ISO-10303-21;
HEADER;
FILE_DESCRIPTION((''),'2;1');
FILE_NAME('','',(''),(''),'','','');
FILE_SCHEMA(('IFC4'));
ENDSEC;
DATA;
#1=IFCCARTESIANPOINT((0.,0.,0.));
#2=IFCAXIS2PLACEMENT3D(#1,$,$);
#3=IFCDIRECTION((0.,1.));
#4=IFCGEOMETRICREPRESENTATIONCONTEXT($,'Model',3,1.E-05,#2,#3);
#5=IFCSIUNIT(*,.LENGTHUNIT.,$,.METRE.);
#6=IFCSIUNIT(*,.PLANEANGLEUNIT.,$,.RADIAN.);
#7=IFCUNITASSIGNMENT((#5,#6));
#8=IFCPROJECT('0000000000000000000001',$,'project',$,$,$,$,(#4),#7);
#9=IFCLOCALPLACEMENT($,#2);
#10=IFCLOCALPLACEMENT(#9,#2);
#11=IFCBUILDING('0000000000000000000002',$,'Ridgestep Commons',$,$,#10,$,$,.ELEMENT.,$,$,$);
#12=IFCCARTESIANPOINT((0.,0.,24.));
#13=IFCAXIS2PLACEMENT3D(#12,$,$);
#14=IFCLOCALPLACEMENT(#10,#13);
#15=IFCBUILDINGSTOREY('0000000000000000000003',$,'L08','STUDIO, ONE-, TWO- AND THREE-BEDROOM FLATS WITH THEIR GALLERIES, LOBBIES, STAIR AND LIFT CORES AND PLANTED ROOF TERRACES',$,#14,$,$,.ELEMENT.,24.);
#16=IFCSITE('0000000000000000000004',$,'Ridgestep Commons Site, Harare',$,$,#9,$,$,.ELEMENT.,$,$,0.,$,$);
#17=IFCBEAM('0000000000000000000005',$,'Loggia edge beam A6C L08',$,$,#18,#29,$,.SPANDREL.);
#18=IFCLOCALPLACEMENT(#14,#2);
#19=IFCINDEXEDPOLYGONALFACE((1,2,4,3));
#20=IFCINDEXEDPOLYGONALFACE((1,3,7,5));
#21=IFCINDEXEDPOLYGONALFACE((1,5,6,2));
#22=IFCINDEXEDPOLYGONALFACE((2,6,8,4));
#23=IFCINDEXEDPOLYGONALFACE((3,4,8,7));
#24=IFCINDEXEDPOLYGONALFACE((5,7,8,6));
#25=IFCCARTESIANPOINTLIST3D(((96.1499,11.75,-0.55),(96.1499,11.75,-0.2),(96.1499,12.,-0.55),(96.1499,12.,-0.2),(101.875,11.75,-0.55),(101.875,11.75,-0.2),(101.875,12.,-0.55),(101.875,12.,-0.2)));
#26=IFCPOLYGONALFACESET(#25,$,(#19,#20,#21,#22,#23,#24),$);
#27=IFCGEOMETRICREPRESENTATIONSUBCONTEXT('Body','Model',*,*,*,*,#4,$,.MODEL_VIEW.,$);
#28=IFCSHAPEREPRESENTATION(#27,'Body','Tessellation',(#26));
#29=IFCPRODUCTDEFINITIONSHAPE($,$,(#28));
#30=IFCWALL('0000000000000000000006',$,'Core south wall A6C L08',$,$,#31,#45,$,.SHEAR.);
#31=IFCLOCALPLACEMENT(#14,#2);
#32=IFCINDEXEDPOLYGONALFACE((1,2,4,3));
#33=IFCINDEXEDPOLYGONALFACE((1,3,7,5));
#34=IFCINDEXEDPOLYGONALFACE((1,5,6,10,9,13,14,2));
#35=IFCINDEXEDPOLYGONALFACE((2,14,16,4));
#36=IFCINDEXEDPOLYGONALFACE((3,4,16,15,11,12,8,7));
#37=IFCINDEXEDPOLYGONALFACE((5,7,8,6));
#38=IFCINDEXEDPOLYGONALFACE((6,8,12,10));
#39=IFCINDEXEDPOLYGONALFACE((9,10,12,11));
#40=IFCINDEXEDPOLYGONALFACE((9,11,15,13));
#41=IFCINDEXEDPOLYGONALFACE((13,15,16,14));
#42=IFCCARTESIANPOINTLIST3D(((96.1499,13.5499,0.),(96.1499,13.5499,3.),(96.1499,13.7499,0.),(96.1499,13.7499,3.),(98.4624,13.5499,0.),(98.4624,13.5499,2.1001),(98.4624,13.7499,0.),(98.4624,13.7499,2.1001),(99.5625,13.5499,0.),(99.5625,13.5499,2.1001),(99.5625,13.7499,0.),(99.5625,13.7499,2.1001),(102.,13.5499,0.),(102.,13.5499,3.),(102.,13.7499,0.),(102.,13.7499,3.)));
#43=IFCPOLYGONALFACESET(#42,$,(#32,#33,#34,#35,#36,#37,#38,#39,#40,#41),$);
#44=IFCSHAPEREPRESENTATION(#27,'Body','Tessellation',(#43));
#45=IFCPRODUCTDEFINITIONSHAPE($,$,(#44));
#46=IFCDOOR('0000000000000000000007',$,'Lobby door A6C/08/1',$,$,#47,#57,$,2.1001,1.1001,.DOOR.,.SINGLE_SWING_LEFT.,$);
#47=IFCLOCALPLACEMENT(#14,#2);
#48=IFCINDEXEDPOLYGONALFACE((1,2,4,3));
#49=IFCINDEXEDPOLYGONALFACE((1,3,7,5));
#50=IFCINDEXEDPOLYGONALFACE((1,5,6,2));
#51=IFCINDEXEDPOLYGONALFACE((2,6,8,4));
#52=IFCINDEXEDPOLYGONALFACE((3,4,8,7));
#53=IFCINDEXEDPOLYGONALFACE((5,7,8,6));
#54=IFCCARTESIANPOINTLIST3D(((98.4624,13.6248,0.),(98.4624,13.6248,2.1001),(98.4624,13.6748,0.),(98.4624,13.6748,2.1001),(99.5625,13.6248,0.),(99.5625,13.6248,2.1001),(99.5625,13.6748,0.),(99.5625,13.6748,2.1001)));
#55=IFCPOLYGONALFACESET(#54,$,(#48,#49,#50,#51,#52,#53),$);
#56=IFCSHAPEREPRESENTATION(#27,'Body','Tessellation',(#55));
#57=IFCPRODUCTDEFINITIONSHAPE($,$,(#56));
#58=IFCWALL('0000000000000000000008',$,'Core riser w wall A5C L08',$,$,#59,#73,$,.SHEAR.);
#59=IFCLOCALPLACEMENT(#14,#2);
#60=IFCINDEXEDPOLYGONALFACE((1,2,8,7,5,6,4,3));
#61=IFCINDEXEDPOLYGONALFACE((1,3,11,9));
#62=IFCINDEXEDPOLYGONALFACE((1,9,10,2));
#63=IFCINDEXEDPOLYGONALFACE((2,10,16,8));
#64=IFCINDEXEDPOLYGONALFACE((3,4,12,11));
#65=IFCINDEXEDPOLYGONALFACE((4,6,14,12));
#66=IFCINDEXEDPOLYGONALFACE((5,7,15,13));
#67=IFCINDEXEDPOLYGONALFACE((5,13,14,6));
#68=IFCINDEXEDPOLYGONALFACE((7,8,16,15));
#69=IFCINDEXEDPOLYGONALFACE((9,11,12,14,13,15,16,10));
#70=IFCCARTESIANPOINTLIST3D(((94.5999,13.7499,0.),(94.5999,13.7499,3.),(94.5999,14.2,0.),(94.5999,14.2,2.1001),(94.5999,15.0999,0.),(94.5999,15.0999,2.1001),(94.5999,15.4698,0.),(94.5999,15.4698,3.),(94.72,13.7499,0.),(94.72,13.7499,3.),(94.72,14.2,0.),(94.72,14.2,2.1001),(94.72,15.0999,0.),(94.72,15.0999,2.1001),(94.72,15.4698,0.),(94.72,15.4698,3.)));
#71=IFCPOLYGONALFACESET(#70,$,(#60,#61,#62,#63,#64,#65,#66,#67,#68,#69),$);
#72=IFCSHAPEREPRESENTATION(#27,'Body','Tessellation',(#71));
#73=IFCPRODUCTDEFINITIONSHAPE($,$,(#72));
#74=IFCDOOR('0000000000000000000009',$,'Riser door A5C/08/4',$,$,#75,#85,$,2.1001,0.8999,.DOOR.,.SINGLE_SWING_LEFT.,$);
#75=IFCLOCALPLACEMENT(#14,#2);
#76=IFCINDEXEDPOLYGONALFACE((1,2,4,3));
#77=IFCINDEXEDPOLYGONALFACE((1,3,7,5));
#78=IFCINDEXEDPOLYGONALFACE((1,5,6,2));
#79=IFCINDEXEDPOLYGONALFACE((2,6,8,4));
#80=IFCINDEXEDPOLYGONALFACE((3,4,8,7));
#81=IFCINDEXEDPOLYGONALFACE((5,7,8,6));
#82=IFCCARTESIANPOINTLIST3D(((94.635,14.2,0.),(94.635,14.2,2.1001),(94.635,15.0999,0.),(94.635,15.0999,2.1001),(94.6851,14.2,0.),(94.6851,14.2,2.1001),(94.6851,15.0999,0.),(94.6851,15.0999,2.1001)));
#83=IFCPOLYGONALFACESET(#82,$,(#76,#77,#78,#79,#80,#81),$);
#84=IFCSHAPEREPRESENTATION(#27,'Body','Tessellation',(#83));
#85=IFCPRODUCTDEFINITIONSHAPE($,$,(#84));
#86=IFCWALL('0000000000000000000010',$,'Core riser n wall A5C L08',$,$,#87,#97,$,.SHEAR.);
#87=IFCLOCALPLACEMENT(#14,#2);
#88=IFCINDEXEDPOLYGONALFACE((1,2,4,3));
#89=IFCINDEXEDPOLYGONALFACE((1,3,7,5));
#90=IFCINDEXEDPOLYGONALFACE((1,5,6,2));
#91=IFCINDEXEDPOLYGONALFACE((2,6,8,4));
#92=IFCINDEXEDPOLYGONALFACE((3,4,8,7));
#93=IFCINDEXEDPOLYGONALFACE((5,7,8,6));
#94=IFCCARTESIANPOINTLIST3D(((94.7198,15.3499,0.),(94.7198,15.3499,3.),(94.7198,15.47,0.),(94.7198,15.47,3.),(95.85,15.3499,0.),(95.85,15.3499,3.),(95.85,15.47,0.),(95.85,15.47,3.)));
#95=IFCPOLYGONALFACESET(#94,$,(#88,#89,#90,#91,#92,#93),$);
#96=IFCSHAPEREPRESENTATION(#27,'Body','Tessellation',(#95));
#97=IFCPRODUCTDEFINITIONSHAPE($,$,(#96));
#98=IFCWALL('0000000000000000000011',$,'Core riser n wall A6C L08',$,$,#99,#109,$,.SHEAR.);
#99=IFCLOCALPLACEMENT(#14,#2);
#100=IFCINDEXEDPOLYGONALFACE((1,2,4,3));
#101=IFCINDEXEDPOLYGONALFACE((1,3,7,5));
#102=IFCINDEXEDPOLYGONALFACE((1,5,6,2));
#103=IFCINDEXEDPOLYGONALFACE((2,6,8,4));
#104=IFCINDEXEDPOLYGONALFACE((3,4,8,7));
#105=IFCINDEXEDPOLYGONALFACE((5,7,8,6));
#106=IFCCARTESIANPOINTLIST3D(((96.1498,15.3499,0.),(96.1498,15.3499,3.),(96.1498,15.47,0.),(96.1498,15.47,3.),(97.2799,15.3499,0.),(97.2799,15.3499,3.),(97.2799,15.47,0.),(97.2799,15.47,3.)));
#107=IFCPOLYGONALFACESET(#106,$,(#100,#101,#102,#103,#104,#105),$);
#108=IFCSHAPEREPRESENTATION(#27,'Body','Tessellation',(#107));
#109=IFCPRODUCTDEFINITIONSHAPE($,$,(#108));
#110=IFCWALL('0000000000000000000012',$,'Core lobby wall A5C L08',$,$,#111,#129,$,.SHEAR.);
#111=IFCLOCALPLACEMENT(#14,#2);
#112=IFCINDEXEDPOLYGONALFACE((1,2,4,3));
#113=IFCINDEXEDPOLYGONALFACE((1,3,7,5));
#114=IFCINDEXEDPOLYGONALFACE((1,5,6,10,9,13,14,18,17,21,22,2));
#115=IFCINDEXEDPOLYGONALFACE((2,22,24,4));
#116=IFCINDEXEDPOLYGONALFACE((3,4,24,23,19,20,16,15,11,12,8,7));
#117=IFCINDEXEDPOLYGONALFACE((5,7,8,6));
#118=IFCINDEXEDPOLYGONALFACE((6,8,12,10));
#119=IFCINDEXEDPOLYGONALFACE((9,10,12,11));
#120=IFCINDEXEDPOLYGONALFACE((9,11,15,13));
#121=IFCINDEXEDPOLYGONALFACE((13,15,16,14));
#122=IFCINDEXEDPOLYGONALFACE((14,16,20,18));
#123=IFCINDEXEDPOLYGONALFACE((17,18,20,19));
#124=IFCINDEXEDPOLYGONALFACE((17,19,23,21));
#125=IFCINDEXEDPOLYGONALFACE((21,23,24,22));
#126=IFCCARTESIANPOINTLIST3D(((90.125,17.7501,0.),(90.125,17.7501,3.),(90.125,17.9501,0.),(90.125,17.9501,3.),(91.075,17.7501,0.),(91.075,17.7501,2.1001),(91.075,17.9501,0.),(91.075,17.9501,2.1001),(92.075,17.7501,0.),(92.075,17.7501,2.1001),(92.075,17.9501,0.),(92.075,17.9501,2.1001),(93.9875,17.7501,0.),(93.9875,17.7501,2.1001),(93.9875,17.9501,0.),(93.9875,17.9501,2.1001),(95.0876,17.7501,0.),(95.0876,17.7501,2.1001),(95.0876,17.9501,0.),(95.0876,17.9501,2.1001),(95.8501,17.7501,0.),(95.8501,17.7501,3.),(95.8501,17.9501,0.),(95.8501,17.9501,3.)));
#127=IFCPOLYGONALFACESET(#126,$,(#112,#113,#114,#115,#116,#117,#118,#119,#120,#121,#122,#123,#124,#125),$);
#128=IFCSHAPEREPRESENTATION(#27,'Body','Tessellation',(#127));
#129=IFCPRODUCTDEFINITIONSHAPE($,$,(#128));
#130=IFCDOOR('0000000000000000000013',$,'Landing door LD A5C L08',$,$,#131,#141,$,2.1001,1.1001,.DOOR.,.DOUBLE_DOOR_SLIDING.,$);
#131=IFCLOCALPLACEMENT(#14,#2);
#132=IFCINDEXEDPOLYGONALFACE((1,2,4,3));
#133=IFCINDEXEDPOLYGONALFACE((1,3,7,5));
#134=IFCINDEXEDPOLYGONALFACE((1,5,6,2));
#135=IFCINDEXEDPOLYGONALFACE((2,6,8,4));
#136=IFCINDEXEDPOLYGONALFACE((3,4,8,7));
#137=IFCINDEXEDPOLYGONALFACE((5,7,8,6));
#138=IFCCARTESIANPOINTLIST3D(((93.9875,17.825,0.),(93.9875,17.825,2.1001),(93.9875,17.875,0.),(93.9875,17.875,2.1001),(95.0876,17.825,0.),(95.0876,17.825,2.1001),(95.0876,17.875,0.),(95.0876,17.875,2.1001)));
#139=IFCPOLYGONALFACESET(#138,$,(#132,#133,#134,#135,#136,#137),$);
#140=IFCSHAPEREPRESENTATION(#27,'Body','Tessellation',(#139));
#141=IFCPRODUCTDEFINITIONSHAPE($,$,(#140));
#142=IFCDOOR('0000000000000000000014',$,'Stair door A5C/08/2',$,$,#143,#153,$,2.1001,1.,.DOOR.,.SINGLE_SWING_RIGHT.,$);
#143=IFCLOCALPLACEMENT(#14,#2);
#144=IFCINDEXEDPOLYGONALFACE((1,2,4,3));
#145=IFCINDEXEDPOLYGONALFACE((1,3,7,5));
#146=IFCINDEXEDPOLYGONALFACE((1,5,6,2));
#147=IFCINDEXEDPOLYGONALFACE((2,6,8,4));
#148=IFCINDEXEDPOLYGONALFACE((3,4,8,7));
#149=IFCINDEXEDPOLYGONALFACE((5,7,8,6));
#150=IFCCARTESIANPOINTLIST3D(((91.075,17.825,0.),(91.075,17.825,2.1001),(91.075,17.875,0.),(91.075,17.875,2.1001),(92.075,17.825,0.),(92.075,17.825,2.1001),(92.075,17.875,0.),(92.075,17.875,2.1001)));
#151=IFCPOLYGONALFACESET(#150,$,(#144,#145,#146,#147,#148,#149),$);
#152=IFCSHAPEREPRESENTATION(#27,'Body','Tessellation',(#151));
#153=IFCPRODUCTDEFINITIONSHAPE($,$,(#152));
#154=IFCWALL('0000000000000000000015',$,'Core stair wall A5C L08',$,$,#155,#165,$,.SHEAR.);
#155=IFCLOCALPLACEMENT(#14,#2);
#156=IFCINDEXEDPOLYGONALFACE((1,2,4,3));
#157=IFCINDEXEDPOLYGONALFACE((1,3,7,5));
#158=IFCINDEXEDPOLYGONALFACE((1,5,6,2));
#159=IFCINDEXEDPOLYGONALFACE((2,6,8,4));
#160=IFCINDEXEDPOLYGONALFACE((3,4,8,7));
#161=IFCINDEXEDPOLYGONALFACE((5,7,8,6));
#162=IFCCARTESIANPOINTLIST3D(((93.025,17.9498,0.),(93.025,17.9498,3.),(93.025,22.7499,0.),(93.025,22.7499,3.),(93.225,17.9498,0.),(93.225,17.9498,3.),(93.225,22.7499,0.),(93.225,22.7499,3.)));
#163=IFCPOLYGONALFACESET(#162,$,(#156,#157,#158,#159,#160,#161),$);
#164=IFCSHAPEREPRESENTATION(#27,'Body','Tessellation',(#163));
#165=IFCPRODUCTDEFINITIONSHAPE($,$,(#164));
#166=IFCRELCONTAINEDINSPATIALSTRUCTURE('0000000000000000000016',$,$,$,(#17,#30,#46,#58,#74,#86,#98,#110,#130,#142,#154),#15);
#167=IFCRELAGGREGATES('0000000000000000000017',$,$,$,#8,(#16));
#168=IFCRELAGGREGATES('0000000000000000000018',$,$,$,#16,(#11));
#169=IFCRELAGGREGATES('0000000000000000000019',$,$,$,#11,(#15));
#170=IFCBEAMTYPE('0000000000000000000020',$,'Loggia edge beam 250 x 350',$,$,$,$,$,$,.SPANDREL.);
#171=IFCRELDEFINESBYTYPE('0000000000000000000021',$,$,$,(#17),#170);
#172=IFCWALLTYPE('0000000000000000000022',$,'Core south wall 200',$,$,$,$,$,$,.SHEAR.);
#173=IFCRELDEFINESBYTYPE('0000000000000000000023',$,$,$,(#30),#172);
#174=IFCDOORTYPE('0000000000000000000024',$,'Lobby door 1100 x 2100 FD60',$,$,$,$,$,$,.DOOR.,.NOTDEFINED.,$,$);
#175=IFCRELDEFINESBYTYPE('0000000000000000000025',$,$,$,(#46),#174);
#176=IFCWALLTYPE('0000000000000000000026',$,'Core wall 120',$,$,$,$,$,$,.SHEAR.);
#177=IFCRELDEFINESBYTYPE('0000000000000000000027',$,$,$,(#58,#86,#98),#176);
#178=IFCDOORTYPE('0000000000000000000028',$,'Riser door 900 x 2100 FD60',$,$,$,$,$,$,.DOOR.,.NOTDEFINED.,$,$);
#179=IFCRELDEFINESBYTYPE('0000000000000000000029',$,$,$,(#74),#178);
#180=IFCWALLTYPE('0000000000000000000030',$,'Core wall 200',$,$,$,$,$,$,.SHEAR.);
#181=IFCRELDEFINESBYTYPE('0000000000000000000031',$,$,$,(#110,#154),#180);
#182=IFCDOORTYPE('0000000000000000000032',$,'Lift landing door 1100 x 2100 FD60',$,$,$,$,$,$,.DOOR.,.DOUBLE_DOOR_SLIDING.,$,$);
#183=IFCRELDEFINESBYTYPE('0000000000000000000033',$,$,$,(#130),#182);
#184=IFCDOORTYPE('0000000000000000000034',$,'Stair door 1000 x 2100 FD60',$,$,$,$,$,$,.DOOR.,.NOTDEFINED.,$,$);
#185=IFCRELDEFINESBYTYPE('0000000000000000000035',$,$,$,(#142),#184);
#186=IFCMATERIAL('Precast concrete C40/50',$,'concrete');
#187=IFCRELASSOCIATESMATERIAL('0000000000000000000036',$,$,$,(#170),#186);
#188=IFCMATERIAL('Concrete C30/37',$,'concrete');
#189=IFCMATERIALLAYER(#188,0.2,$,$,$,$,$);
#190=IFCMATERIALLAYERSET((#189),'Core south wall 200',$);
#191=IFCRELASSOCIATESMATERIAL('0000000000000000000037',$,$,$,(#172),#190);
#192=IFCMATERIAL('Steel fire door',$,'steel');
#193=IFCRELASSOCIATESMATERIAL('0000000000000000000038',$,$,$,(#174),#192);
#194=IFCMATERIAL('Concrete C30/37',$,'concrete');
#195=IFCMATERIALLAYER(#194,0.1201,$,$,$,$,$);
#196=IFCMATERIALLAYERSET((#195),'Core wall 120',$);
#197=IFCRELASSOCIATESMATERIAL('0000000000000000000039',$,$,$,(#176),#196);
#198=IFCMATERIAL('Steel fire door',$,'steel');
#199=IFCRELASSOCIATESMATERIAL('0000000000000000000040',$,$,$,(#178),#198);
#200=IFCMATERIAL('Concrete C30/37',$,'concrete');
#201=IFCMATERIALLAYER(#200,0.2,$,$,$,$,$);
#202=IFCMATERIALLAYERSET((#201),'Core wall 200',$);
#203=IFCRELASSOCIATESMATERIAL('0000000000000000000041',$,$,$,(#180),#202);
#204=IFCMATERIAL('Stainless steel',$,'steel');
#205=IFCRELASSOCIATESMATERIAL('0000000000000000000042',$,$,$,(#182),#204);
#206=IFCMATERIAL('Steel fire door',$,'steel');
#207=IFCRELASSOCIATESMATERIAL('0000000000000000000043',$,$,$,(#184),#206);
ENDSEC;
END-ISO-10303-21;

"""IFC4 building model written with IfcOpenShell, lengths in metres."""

from ifc_helpers import new_model, si_unit, direction, frame, frame_2d, origin, origin_2d, place, context, subcontext, project, spatial, rectangle, extrude, material, layer, layer_set, material_profile, profile_set, type_object, element, fill, save


model = new_model("IFC4")

# Units and contexts
model_context = context("Model", 3, precision=1e-05, world=origin(), true_north=direction((0.0, 1.0)))
body_context = subcontext(model_context, "Body", "Model", "MODEL_VIEW")
ifc_project = project(units=[si_unit("LENGTHUNIT", "METRE"), si_unit("PLANEANGLEUNIT", "RADIAN")], contexts=[model_context])

# Site, building, storey
site_placement = place(None, origin())
site = spatial("IfcSite", under=ifc_project, at=site_placement, Name="Ridgestep Commons Site, Harare", CompositionType="ELEMENT", RefElevation=0.0)
building_placement = place(site_placement, origin())
building = spatial("IfcBuilding", under=site, at=building_placement, Name="Ridgestep Commons", CompositionType="ELEMENT")
storey_placement = place(building_placement, frame((0.0, 0.0, 24.0)))
storey = spatial("IfcBuildingStorey", under=building, at=storey_placement, Name="L08", Description="STUDIO, ONE-, TWO- AND THREE-BEDROOM FLATS WITH THEIR GALLERIES, LOBBIES, STAIR AND LIFT CORES AND PLANTED ROOF TERRACES", CompositionType="ELEMENT", Elevation=24.0)

# Beam
ifc_material_1 = material(Name="Precast concrete C40/50", Category="concrete")
ifc_material_profile = material_profile(ifc_material_1, rectangle(XDim=0.25, YDim=0.3501, at=origin_2d()), Name="PC 250x350")
ifc_profile_set = profile_set([ifc_material_profile], Name="Precast concrete C40/50")
beam_type = type_object("IfcBeamType", Name="Loggia edge beam 250 x 350", PredefinedType="SPANDREL", material=ifc_profile_set)
beam_placement = place(storey_placement, frame((96.1499, 11.875, -0.375), z_axis=(1.0, 0.0, 0.0), x_axis=(0.0, 1.0, 0.0)))
element("IfcBeam", 1, at=beam_placement, inside=storey, type_object=beam_type, Name="Loggia edge beam A6C L08", PredefinedType="SPANDREL", context=body_context, shape_type="SweptSolid", body=[
    extrude(rectangle(XDim=0.25, YDim=0.3501, at=origin_2d()), origin(), (0.0, 0.0, 1.0), 5.7251),
])

# Walls, openings, doors
ifc_material_2 = material(Name="Concrete C30/37", Category="concrete")
ifc_layer_1 = layer(ifc_material_2, 0.2)
ifc_layer_set_1 = layer_set([ifc_layer_1], Name="Core south wall 200")
wall_type_1 = type_object("IfcWallType", Name="Core south wall 200", PredefinedType="SHEAR", material=ifc_layer_set_1)
wall_1_placement = place(storey_placement, frame((96.1499, 13.6499, 0.0), z_axis=(0.0, 0.0, 1.0), x_axis=(1.0, 0.0, 0.0)))
wall_1 = element("IfcWall", 2, at=wall_1_placement, inside=storey, type_object=wall_type_1, Name="Core south wall A6C L08", PredefinedType="SHEAR", context=body_context, shape_type="SweptSolid", body=[
    extrude(rectangle(XDim=5.8501, YDim=0.2, at=frame_2d((2.925, 0.0))), origin(), (0.0, 0.0, 1.0), 3.0),
])
opening_1_placement = place(wall_1_placement, frame((2.3125, 0.0, 0.0)))
opening_1 = element("IfcOpeningElement", 3, at=opening_1_placement, cuts=wall_1, PredefinedType="OPENING", context=body_context, shape_type="SweptSolid", body=[
    extrude(rectangle(XDim=1.1001, YDim=2.1001, at=frame_2d((0.55, 1.05))), frame((0.0, 0.1099, 0.0), z_axis=(0.0, -1.0, 0.0), x_axis=(1.0, 0.0, 0.0)), (0.0, 0.0, 1.0), 0.22),
])
ifc_material_3 = material(Name="Steel fire door", Category="steel")
door_type_1 = type_object("IfcDoorType", Name="Lobby door 1100 x 2100 FD60", OperationType="NOTDEFINED", PredefinedType="DOOR", material=ifc_material_3)
door_1_placement = place(opening_1_placement, origin())
door_1 = element("IfcDoor", 4, at=door_1_placement, inside=storey, type_object=door_type_1, Name="Lobby door A6C/08/1", OperationType="SINGLE_SWING_LEFT", OverallHeight=2.1001, OverallWidth=1.1001, PredefinedType="DOOR", context=body_context, shape_type="SweptSolid", body=[
    extrude(rectangle(XDim=1.1001, YDim=2.1001, at=frame_2d((0.55, 1.05))), frame((0.0, 0.0249, 0.0), z_axis=(0.0, -1.0, 0.0), x_axis=(1.0, 0.0, 0.0)), (0.0, 0.0, 1.0), 0.05),
])
fill(opening_1, door_1)
ifc_material_4 = material(Name="Concrete C30/37", Category="concrete")
ifc_layer_2 = layer(ifc_material_4, 0.1201)
ifc_layer_set_2 = layer_set([ifc_layer_2], Name="Core wall 120")
wall_type_2 = type_object("IfcWallType", Name="Core wall 120", PredefinedType="SHEAR", material=ifc_layer_set_2)
wall_2_placement = place(storey_placement, frame((94.6599, 13.75, 0.0), z_axis=(0.0, 0.0, 1.0), x_axis=(0.0, 1.0, 0.0)))
wall_2 = element("IfcWall", 5, at=wall_2_placement, inside=storey, type_object=wall_type_2, Name="Core riser w wall A5C L08", PredefinedType="SHEAR", context=body_context, shape_type="SweptSolid", body=[
    extrude(rectangle(XDim=1.72, YDim=0.1201, at=frame_2d((0.8599, 0.0))), origin(), (0.0, 0.0, 1.0), 3.0),
])
opening_2_placement = place(wall_2_placement, frame((0.45, 0.0, 0.0)))
opening_2 = element("IfcOpeningElement", 6, at=opening_2_placement, cuts=wall_2, PredefinedType="OPENING", context=body_context, shape_type="SweptSolid", body=[
    extrude(rectangle(XDim=0.8999, YDim=2.1001, at=frame_2d((0.45, 1.05))), frame((0.0, 0.0701, 0.0), z_axis=(0.0, -1.0, 0.0), x_axis=(1.0, 0.0, 0.0)), (0.0, 0.0, 1.0), 0.1401),
])
ifc_material_5 = material(Name="Steel fire door", Category="steel")
door_type_2 = type_object("IfcDoorType", Name="Riser door 900 x 2100 FD60", OperationType="NOTDEFINED", PredefinedType="DOOR", material=ifc_material_5)
door_2_placement = place(opening_2_placement, origin())
door_2 = element("IfcDoor", 7, at=door_2_placement, inside=storey, type_object=door_type_2, Name="Riser door A5C/08/4", OperationType="SINGLE_SWING_LEFT", OverallHeight=2.1001, OverallWidth=0.8999, PredefinedType="DOOR", context=body_context, shape_type="SweptSolid", body=[
    extrude(rectangle(XDim=0.8999, YDim=2.1001, at=frame_2d((0.45, 1.05))), frame((0.0, 0.0249, 0.0), z_axis=(0.0, -1.0, 0.0), x_axis=(1.0, 0.0, 0.0)), (0.0, 0.0, 1.0), 0.05),
])
fill(opening_2, door_2)

# Walls
for number, where, z_axis, x_axis, name in (
    (8, (94.72, 15.4099, 0.0), (0.0, 0.0, 1.0), (1.0, 0.0, 0.0), "Core riser n wall A5C L08"),
    (9, (96.1499, 15.4099, 0.0), (0.0, 0.0, 1.0), (1.0, 0.0, 0.0), "Core riser n wall A6C L08"),
):
    element("IfcWall", number, at=place(storey_placement, frame(where, z_axis=z_axis, x_axis=x_axis)), inside=storey, type_object=wall_type_2, Name=name, PredefinedType="SHEAR", context=body_context, shape_type="SweptSolid", body=[
        extrude(rectangle(XDim=1.1301, YDim=0.1201, at=frame_2d((0.5649, 0.0))), origin(), (0.0, 0.0, 1.0), 3.0),
    ])

# Wall, openings, doors
ifc_material_6 = material(Name="Concrete C30/37", Category="concrete")
ifc_layer_3 = layer(ifc_material_6, 0.2)
ifc_layer_set_3 = layer_set([ifc_layer_3], Name="Core wall 200")
wall_type_3 = type_object("IfcWallType", Name="Core wall 200", PredefinedType="SHEAR", material=ifc_layer_set_3)
wall_3_placement = place(storey_placement, frame((90.125, 17.8501, 0.0), z_axis=(0.0, 0.0, 1.0), x_axis=(1.0, 0.0, 0.0)))
wall_3 = element("IfcWall", 10, at=wall_3_placement, inside=storey, type_object=wall_type_3, Name="Core lobby wall A5C L08", PredefinedType="SHEAR", context=body_context, shape_type="SweptSolid", body=[
    extrude(rectangle(XDim=5.7251, YDim=0.2, at=frame_2d((2.8625, 0.0))), origin(), (0.0, 0.0, 1.0), 3.0),
])
opening_3_placement = place(wall_3_placement, frame((0.95, 0.0, 0.0)))
opening_3 = element("IfcOpeningElement", 11, at=opening_3_placement, cuts=wall_3, PredefinedType="OPENING", context=body_context, shape_type="SweptSolid", body=[
    extrude(rectangle(XDim=1.0, YDim=2.1001, at=frame_2d((0.5, 1.05))), frame((0.0, 0.1099, 0.0), z_axis=(0.0, -1.0, 0.0), x_axis=(1.0, 0.0, 0.0)), (0.0, 0.0, 1.0), 0.22),
])
opening_4_placement = place(wall_3_placement, frame((3.8625, 0.0, 0.0)))
opening_4 = element("IfcOpeningElement", 12, at=opening_4_placement, cuts=wall_3, PredefinedType="OPENING", context=body_context, shape_type="SweptSolid", body=[
    extrude(rectangle(XDim=1.1001, YDim=2.1001, at=frame_2d((0.55, 1.05))), frame((0.0, 0.1099, 0.0), z_axis=(0.0, -1.0, 0.0), x_axis=(1.0, 0.0, 0.0)), (0.0, 0.0, 1.0), 0.22),
])
ifc_material_7 = material(Name="Stainless steel", Category="steel")
door_type_3 = type_object("IfcDoorType", Name="Lift landing door 1100 x 2100 FD60", OperationType="DOUBLE_DOOR_SLIDING", PredefinedType="DOOR", material=ifc_material_7)
door_3_placement = place(opening_4_placement, origin())
door_3 = element("IfcDoor", 13, at=door_3_placement, inside=storey, type_object=door_type_3, Name="Landing door LD A5C L08", OperationType="DOUBLE_DOOR_SLIDING", OverallHeight=2.1001, OverallWidth=1.1001, PredefinedType="DOOR", context=body_context, shape_type="SweptSolid", body=[
    extrude(rectangle(XDim=1.1001, YDim=2.1001, at=frame_2d((0.55, 1.05))), frame((0.0, 0.0249, 0.0), z_axis=(0.0, -1.0, 0.0), x_axis=(1.0, 0.0, 0.0)), (0.0, 0.0, 1.0), 0.05),
])
fill(opening_4, door_3)
ifc_material_8 = material(Name="Steel fire door", Category="steel")
door_type_4 = type_object("IfcDoorType", Name="Stair door 1000 x 2100 FD60", OperationType="NOTDEFINED", PredefinedType="DOOR", material=ifc_material_8)
door_4_placement = place(opening_3_placement, origin())
door_4 = element("IfcDoor", 14, at=door_4_placement, inside=storey, type_object=door_type_4, Name="Stair door A5C/08/2", OperationType="SINGLE_SWING_RIGHT", OverallHeight=2.1001, OverallWidth=1.0, PredefinedType="DOOR", context=body_context, shape_type="SweptSolid", body=[
    extrude(rectangle(XDim=1.0, YDim=2.1001, at=frame_2d((0.5, 1.05))), frame((0.0, 0.0249, 0.0), z_axis=(0.0, -1.0, 0.0), x_axis=(1.0, 0.0, 0.0)), (0.0, 0.0, 1.0), 0.05),
])
fill(opening_3, door_4)

# Wall
wall_4_placement = place(storey_placement, frame((93.125, 17.95, 0.0), z_axis=(0.0, 0.0, 1.0), x_axis=(0.0, 1.0, 0.0)))
element("IfcWall", 15, at=wall_4_placement, inside=storey, type_object=wall_type_3, Name="Core stair wall A5C L08", PredefinedType="SHEAR", context=body_context, shape_type="SweptSolid", body=[
    extrude(rectangle(XDim=4.8, YDim=0.2, at=frame_2d((2.3999, 0.0))), origin(), (0.0, 0.0, 1.0), 3.0),
])

save(model, "model.ifc")
